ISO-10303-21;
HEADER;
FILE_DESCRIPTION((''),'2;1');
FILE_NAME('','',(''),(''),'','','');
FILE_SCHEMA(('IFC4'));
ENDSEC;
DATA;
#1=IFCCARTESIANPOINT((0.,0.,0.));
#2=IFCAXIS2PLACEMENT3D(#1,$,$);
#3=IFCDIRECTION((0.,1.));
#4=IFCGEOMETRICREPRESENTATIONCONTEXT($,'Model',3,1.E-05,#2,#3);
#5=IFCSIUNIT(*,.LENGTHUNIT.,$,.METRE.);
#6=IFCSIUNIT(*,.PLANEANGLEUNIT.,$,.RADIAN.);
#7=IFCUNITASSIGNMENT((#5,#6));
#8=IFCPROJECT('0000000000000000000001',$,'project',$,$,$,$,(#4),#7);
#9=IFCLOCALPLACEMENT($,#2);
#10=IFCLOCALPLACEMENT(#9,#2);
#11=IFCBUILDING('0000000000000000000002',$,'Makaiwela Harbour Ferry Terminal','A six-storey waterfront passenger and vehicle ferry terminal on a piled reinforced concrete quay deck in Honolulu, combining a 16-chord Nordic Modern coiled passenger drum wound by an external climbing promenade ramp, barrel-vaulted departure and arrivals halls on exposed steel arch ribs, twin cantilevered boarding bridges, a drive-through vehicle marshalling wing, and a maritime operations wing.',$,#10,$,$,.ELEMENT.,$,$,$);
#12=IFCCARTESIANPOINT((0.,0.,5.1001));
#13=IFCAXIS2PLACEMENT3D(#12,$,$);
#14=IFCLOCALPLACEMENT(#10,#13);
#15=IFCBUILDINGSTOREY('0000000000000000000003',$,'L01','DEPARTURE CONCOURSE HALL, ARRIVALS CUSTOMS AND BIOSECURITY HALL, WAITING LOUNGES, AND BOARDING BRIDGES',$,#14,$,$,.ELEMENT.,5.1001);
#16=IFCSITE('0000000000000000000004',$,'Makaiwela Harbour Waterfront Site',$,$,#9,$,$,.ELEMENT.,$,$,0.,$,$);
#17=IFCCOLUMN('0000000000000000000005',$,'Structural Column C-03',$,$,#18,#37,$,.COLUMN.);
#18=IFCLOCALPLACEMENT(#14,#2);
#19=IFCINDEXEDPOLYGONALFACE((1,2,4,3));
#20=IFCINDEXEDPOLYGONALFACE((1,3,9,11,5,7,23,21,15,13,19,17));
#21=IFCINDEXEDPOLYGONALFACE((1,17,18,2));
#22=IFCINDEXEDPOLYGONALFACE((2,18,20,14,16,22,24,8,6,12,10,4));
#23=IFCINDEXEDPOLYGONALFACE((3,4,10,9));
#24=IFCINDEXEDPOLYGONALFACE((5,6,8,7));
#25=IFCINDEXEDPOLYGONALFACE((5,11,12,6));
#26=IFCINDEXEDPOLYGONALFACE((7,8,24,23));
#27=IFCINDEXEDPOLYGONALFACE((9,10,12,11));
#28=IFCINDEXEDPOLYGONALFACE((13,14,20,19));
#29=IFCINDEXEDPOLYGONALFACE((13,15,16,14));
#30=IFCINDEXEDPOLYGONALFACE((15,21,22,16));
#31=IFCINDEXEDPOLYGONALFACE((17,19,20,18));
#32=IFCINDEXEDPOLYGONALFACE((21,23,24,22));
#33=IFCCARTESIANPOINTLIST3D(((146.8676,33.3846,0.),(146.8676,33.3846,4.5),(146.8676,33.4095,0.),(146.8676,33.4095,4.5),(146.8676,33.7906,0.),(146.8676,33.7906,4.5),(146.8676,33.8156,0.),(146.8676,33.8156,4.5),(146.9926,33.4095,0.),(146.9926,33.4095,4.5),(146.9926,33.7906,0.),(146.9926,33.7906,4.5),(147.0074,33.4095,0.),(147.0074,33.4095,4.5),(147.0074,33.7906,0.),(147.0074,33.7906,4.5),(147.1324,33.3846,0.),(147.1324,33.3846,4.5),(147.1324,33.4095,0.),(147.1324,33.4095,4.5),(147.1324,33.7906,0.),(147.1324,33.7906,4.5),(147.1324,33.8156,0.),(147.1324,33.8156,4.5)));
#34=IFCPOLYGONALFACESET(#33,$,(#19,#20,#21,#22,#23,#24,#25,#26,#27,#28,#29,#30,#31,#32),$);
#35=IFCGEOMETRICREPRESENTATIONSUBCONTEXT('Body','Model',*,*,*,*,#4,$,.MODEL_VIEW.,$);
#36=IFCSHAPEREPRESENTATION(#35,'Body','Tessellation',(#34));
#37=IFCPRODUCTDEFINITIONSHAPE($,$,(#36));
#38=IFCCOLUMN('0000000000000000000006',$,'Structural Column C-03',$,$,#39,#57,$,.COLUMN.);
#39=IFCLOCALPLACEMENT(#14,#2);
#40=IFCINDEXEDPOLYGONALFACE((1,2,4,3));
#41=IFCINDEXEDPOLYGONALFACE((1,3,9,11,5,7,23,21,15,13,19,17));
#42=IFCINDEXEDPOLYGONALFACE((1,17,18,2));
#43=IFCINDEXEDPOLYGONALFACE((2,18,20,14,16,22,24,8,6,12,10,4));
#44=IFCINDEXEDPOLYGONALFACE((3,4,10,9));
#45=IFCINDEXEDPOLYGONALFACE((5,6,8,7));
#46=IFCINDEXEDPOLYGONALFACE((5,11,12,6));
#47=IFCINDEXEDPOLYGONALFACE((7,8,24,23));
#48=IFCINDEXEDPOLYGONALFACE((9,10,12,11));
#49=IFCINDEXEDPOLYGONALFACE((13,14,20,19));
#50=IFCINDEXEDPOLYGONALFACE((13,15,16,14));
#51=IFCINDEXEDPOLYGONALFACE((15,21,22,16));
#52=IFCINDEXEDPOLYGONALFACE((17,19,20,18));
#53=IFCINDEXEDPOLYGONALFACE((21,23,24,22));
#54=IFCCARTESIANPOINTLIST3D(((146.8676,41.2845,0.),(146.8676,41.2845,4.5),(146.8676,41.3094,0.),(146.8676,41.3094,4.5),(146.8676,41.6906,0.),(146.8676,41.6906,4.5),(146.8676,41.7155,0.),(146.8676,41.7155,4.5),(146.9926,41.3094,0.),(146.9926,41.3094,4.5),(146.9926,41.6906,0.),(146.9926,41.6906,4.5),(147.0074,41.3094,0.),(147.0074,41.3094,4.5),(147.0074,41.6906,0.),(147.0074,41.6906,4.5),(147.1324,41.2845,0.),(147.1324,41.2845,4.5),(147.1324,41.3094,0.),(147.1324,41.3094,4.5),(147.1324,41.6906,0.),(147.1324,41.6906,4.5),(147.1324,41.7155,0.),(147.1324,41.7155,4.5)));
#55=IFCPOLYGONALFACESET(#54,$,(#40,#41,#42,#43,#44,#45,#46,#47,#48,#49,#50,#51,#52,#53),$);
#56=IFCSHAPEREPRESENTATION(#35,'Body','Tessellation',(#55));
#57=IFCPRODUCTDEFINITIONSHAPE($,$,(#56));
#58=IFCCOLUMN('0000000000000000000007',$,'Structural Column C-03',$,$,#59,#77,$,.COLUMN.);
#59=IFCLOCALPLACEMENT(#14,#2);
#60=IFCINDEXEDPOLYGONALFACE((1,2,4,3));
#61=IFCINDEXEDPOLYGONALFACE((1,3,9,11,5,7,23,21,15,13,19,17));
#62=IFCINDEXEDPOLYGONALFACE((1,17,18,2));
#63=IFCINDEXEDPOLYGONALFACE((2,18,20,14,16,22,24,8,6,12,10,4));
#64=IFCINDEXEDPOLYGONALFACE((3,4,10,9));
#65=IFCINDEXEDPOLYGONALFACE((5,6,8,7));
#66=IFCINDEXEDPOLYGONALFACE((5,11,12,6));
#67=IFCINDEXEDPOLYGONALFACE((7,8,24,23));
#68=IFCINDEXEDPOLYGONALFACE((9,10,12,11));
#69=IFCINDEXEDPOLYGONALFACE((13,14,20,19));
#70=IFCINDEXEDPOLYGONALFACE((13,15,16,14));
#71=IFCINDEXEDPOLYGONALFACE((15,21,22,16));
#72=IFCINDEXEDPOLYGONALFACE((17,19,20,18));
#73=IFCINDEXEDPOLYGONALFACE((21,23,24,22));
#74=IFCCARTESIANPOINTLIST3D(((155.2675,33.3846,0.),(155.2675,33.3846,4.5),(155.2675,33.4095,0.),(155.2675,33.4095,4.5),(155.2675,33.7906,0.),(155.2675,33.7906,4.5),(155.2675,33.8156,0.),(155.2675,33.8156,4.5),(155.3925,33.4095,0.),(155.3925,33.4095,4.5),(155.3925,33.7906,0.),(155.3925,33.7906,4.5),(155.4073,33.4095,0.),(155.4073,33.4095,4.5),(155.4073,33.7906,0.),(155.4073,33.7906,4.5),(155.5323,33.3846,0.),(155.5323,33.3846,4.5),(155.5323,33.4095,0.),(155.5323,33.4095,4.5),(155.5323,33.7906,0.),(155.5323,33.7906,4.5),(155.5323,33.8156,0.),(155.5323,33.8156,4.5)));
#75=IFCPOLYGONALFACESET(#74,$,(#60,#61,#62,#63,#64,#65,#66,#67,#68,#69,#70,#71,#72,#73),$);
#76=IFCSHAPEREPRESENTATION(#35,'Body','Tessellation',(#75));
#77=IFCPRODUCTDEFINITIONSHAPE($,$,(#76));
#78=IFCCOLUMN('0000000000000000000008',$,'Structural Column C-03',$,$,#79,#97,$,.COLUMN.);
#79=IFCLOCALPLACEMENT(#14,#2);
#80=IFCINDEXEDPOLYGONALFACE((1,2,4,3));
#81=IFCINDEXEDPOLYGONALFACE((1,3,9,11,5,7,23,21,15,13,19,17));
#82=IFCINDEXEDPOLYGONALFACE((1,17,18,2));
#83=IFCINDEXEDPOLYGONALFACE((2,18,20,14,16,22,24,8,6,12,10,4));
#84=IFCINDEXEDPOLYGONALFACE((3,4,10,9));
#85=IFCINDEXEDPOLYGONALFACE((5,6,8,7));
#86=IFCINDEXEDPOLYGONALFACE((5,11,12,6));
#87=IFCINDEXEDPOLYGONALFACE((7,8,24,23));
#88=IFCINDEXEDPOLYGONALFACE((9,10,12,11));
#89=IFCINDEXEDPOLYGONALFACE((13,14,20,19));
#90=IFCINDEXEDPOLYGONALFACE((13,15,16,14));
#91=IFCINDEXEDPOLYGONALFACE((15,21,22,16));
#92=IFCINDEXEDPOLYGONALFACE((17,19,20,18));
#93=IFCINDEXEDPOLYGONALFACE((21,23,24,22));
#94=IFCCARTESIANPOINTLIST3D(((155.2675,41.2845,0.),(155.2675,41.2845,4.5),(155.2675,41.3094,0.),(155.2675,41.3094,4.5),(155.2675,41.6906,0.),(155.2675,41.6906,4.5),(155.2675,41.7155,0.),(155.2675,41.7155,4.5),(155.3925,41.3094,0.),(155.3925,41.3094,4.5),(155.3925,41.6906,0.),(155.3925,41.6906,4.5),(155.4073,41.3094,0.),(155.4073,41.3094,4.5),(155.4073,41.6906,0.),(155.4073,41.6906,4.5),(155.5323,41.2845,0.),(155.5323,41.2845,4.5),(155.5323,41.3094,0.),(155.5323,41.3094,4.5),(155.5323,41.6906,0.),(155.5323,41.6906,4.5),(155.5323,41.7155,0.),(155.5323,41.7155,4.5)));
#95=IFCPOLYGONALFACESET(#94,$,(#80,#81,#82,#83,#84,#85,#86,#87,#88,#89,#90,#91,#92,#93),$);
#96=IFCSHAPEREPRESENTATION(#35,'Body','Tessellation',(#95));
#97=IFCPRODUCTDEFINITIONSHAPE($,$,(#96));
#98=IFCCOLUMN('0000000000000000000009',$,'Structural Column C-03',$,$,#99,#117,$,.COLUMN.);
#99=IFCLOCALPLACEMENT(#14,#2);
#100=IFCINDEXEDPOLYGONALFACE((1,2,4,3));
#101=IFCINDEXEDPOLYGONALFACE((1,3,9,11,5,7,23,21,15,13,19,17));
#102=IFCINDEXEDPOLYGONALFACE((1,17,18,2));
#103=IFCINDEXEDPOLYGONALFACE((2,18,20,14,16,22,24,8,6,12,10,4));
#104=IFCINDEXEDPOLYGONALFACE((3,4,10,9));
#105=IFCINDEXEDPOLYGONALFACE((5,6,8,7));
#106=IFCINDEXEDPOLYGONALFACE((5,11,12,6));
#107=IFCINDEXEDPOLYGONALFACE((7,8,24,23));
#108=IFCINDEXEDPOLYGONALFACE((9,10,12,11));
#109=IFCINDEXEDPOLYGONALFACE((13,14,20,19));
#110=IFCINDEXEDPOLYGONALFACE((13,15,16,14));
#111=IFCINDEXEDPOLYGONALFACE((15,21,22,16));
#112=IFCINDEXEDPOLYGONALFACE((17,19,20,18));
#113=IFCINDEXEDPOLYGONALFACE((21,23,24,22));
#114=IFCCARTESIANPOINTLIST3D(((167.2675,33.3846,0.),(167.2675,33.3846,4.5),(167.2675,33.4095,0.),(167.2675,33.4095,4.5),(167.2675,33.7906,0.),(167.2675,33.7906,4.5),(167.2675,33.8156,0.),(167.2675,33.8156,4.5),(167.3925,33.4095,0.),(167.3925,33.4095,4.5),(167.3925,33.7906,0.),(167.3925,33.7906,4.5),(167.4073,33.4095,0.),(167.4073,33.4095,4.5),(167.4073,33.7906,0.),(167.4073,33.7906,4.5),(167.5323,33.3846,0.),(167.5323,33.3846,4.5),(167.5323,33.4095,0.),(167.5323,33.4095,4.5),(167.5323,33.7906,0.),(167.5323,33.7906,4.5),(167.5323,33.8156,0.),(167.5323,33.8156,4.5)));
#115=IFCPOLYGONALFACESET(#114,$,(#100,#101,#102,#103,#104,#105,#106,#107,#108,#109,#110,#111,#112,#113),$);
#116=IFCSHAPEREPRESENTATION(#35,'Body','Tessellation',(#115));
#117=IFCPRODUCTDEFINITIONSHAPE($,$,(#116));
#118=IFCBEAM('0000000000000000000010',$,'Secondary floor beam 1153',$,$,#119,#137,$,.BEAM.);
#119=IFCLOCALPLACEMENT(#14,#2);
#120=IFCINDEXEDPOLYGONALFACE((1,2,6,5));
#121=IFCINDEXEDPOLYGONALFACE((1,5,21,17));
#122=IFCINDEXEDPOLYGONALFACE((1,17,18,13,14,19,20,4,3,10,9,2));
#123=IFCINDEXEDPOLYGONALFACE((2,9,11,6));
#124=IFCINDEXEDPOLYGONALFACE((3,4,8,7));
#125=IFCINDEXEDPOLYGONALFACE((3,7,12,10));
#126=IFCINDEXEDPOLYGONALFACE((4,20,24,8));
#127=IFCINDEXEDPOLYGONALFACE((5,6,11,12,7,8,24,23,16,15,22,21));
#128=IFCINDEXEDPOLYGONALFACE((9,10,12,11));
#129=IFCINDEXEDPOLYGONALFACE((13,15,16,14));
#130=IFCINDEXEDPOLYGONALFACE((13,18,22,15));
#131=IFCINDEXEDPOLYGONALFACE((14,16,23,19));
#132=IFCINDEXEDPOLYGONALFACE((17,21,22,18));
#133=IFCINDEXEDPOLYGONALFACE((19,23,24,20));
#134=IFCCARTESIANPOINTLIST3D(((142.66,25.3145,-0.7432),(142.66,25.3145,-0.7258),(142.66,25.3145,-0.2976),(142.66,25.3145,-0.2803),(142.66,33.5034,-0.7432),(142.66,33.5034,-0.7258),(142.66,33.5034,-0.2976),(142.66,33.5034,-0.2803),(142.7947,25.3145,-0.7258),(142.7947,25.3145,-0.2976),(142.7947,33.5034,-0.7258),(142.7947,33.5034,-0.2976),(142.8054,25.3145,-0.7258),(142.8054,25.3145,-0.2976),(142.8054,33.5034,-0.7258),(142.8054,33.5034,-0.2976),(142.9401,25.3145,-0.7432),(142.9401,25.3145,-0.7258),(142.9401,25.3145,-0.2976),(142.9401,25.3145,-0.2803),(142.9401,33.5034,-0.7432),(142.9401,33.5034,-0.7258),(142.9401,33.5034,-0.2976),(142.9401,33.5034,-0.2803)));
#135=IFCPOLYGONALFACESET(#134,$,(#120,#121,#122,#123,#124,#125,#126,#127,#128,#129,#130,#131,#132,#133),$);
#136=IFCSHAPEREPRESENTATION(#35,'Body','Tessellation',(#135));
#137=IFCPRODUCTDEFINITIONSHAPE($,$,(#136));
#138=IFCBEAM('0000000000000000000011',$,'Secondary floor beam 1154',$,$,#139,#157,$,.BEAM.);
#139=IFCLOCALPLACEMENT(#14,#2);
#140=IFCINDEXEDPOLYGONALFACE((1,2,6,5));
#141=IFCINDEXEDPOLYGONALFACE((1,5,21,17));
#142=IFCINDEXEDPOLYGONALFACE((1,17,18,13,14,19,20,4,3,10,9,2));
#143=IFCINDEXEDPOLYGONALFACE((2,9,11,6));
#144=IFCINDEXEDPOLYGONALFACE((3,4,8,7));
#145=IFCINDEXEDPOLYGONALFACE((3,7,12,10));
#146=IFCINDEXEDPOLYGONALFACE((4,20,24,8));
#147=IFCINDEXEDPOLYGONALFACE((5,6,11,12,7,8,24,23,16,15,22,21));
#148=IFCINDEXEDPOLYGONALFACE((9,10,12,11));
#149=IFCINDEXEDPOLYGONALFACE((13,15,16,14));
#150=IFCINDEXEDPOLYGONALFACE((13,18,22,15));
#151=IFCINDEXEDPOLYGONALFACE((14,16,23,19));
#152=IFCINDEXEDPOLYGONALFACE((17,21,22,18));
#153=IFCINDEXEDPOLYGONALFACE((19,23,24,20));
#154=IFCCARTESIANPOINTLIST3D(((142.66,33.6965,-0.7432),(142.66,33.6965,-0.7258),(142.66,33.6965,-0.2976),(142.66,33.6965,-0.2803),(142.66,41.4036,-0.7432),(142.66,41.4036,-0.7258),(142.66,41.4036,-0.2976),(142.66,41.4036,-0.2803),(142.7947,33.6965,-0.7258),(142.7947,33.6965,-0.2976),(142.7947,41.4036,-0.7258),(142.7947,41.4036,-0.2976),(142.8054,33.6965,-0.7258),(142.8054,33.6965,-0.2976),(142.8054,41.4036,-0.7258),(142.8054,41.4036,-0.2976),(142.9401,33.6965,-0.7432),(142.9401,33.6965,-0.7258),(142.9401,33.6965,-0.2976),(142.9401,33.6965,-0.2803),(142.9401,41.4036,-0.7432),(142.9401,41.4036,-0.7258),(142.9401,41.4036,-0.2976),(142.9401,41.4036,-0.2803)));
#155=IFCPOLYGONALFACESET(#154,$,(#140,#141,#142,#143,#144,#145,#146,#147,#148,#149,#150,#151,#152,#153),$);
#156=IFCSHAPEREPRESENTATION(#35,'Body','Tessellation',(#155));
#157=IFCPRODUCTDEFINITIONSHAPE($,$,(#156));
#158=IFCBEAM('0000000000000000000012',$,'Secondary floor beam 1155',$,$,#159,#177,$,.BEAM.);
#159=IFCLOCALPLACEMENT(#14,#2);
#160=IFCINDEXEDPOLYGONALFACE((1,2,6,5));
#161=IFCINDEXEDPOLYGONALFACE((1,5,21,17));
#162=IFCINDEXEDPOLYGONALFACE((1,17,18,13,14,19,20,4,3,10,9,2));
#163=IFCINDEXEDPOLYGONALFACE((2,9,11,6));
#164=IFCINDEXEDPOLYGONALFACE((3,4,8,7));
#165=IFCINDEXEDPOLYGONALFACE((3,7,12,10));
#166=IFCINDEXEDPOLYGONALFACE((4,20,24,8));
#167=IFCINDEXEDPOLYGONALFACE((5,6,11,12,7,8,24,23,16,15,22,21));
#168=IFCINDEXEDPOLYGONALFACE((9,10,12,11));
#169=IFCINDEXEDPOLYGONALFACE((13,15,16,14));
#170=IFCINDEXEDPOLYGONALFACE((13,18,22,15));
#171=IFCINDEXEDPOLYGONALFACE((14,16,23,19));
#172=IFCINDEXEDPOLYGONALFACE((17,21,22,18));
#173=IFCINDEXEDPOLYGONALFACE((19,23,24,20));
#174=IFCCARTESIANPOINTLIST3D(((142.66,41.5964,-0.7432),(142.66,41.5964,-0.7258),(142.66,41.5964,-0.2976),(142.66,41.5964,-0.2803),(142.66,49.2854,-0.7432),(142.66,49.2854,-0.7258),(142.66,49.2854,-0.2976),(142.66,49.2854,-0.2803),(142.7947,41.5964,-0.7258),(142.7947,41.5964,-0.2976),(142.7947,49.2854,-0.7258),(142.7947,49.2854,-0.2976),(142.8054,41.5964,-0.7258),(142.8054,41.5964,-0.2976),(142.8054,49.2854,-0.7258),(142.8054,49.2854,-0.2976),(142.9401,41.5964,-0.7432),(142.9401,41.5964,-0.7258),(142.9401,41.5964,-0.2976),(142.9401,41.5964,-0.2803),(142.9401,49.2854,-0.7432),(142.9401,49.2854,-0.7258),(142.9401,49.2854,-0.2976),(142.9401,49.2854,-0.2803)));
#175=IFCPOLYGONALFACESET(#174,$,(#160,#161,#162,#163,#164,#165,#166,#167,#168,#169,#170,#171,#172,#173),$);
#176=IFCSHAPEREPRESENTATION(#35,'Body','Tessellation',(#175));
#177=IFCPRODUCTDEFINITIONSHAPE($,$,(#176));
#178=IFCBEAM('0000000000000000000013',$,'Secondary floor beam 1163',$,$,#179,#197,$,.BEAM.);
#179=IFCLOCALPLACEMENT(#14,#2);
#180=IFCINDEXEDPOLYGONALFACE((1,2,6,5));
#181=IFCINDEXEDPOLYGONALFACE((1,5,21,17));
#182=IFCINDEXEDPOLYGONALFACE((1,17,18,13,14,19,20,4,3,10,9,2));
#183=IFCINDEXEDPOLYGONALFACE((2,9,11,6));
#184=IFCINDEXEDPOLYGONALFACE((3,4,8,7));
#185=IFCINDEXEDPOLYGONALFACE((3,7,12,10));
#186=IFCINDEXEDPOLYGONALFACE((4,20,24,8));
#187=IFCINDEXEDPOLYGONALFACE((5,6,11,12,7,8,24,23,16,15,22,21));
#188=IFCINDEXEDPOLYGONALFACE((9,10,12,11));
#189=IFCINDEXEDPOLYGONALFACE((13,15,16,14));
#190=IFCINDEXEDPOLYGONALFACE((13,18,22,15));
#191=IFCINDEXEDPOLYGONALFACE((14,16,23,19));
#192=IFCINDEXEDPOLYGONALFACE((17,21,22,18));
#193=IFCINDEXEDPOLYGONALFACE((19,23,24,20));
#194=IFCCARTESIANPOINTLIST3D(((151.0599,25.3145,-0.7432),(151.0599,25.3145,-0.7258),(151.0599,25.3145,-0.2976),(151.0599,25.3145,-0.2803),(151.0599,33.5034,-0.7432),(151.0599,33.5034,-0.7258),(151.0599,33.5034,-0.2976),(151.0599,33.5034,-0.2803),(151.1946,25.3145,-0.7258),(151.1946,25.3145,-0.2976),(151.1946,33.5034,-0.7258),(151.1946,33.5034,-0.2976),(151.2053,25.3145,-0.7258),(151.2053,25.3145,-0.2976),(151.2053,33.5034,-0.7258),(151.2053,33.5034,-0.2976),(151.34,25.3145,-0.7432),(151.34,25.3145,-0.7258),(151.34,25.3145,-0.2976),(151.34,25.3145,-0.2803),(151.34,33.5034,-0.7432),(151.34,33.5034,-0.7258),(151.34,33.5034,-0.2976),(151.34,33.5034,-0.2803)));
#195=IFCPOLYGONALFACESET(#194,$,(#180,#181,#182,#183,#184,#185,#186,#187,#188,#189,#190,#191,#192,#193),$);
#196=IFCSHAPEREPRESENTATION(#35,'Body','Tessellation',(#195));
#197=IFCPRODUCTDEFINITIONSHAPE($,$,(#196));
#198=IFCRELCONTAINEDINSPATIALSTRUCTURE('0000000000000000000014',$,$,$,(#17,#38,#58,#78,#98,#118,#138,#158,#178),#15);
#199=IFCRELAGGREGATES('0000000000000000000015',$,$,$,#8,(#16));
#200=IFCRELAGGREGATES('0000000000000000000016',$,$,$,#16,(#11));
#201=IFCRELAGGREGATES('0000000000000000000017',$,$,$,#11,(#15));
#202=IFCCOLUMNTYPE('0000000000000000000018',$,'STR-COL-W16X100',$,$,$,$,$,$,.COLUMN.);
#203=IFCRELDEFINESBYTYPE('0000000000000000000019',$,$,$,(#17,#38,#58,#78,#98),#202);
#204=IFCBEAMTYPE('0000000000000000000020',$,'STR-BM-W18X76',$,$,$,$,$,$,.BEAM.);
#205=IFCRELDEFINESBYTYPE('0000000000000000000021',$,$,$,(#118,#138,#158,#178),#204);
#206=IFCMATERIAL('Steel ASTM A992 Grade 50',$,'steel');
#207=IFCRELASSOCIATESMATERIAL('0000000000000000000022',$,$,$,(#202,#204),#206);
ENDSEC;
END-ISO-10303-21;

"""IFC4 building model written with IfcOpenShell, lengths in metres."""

from ifc_helpers import new_model, si_unit, direction, frame, origin, origin_2d, place, context, subcontext, project, spatial, i_section, extrude, material, material_profile, profile_set, type_object, element, save


model = new_model("IFC4")

# Units and contexts
model_context = context("Model", 3, precision=1e-05, world=origin(), true_north=direction((0.0, 1.0)))
body_context = subcontext(model_context, "Body", "Model", "MODEL_VIEW")
ifc_project = project(units=[si_unit("LENGTHUNIT", "METRE"), si_unit("PLANEANGLEUNIT", "RADIAN")], contexts=[model_context])

# Site, building, storey
site_placement = place(None, origin())
site = spatial("IfcSite", under=ifc_project, at=site_placement, Name="Makaiwela Harbour Waterfront Site", CompositionType="ELEMENT", RefElevation=0.0)
building_placement = place(site_placement, origin())
building = spatial("IfcBuilding", under=site, at=building_placement, Name="Makaiwela Harbour Ferry Terminal", Description="A six-storey waterfront passenger and vehicle ferry terminal on a piled reinforced concrete quay deck in Honolulu, combining a 16-chord Nordic Modern coiled passenger drum wound by an external climbing promenade ramp, barrel-vaulted departure and arrivals halls on exposed steel arch ribs, twin cantilevered boarding bridges, a drive-through vehicle marshalling wing, and a maritime operations wing.", CompositionType="ELEMENT")
storey_placement = place(building_placement, frame((0.0, 0.0, 5.1001)))
storey = spatial("IfcBuildingStorey", under=building, at=storey_placement, Name="L01", Description="DEPARTURE CONCOURSE HALL, ARRIVALS CUSTOMS AND BIOSECURITY HALL, WAITING LOUNGES, AND BOARDING BRIDGES", CompositionType="ELEMENT", Elevation=5.1001)

# Columns
ifc_material_1 = material(Name="Steel ASTM A992 Grade 50", Category="steel")
ifc_material_profile_1 = material_profile(ifc_material_1, i_section(OverallWidth=0.2649, OverallDepth=0.4309, WebThickness=0.0149, FlangeThickness=0.0249, at=origin_2d()), Name="W16X100")
ifc_profile_set_1 = profile_set([ifc_material_profile_1], Name="Steel ASTM A992 Grade 50")
column_type = type_object("IfcColumnType", Name="STR-COL-W16X100", PredefinedType="COLUMN", material=ifc_profile_set_1)
for number, where, z_axis, x_axis, name in (
    (1, (147.0, 33.6001, 0.0), (0.0, 0.0, 1.0), (1.0, 0.0, 0.0), "Structural Column C-03"),
    (2, (147.0, 41.5, 0.0), (0.0, 0.0, 1.0), (1.0, 0.0, 0.0), "Structural Column C-03"),
    (3, (155.3999, 33.6001, 0.0), (0.0, 0.0, 1.0), (1.0, 0.0, 0.0), "Structural Column C-03"),
    (4, (155.3999, 41.5, 0.0), (0.0, 0.0, 1.0), (1.0, 0.0, 0.0), "Structural Column C-03"),
    (5, (167.3999, 33.6001, 0.0), (0.0, 0.0, 1.0), (1.0, 0.0, 0.0), "Structural Column C-03"),
):
    element("IfcColumn", number, at=place(storey_placement, frame(where, z_axis=z_axis, x_axis=x_axis)), inside=storey, type_object=column_type, Name=name, PredefinedType="COLUMN", context=body_context, shape_type="SweptSolid", body=[
        extrude(i_section(OverallWidth=0.2649, OverallDepth=0.4309, WebThickness=0.0149, FlangeThickness=0.0249, at=origin_2d()), origin(), (0.0, 0.0, 1.0), 4.5),
    ])

# Beams
ifc_material_profile_2 = material_profile(ifc_material_1, i_section(OverallWidth=0.28, OverallDepth=0.4629, WebThickness=0.0107, FlangeThickness=0.0173, at=origin_2d()), Name="W18X76")
ifc_profile_set_2 = profile_set([ifc_material_profile_2], Name="Steel ASTM A992 Grade 50")
beam_type_1 = type_object("IfcBeamType", Name="STR-BM-W18X76", PredefinedType="BEAM", material=ifc_profile_set_2)
beam_1_placement = place(storey_placement, frame((142.8, 25.3145, -0.5117), z_axis=(0.0, 1.0, 0.0), x_axis=(-1.0, 0.0, 0.0)))
element("IfcBeam", 6, at=beam_1_placement, inside=storey, type_object=beam_type_1, Name="Secondary floor beam 1153", PredefinedType="BEAM", context=body_context, shape_type="SweptSolid", body=[
    extrude(i_section(OverallWidth=0.28, OverallDepth=0.4629, WebThickness=0.0107, FlangeThickness=0.0173, at=origin_2d()), origin(), (0.0, 0.0, 1.0), 8.189),
])
beam_2_placement = place(storey_placement, frame((142.8, 33.6965, -0.5117), z_axis=(0.0, 1.0, 0.0), x_axis=(-1.0, 0.0, 0.0)))
element("IfcBeam", 7, at=beam_2_placement, inside=storey, type_object=beam_type_1, Name="Secondary floor beam 1154", PredefinedType="BEAM", context=body_context, shape_type="SweptSolid", body=[
    extrude(i_section(OverallWidth=0.28, OverallDepth=0.4629, WebThickness=0.0107, FlangeThickness=0.0173, at=origin_2d()), origin(), (0.0, 0.0, 1.0), 7.707),
])
beam_3_placement = place(storey_placement, frame((142.8, 41.5964, -0.5117), z_axis=(0.0, 1.0, 0.0), x_axis=(-1.0, 0.0, 0.0)))
element("IfcBeam", 8, at=beam_3_placement, inside=storey, type_object=beam_type_1, Name="Secondary floor beam 1155", PredefinedType="BEAM", context=body_context, shape_type="SweptSolid", body=[
    extrude(i_section(OverallWidth=0.28, OverallDepth=0.4629, WebThickness=0.0107, FlangeThickness=0.0173, at=origin_2d()), origin(), (0.0, 0.0, 1.0), 7.689),
])
beam_4_placement = place(storey_placement, frame((151.2, 25.3145, -0.5117), z_axis=(0.0, 1.0, 0.0), x_axis=(-1.0, 0.0, 0.0)))
element("IfcBeam", 9, at=beam_4_placement, inside=storey, type_object=beam_type_1, Name="Secondary floor beam 1163", PredefinedType="BEAM", context=body_context, shape_type="SweptSolid", body=[
    extrude(i_section(OverallWidth=0.28, OverallDepth=0.4629, WebThickness=0.0107, FlangeThickness=0.0173, at=origin_2d()), origin(), (0.0, 0.0, 1.0), 8.189),
])

save(model, "model.ifc")
